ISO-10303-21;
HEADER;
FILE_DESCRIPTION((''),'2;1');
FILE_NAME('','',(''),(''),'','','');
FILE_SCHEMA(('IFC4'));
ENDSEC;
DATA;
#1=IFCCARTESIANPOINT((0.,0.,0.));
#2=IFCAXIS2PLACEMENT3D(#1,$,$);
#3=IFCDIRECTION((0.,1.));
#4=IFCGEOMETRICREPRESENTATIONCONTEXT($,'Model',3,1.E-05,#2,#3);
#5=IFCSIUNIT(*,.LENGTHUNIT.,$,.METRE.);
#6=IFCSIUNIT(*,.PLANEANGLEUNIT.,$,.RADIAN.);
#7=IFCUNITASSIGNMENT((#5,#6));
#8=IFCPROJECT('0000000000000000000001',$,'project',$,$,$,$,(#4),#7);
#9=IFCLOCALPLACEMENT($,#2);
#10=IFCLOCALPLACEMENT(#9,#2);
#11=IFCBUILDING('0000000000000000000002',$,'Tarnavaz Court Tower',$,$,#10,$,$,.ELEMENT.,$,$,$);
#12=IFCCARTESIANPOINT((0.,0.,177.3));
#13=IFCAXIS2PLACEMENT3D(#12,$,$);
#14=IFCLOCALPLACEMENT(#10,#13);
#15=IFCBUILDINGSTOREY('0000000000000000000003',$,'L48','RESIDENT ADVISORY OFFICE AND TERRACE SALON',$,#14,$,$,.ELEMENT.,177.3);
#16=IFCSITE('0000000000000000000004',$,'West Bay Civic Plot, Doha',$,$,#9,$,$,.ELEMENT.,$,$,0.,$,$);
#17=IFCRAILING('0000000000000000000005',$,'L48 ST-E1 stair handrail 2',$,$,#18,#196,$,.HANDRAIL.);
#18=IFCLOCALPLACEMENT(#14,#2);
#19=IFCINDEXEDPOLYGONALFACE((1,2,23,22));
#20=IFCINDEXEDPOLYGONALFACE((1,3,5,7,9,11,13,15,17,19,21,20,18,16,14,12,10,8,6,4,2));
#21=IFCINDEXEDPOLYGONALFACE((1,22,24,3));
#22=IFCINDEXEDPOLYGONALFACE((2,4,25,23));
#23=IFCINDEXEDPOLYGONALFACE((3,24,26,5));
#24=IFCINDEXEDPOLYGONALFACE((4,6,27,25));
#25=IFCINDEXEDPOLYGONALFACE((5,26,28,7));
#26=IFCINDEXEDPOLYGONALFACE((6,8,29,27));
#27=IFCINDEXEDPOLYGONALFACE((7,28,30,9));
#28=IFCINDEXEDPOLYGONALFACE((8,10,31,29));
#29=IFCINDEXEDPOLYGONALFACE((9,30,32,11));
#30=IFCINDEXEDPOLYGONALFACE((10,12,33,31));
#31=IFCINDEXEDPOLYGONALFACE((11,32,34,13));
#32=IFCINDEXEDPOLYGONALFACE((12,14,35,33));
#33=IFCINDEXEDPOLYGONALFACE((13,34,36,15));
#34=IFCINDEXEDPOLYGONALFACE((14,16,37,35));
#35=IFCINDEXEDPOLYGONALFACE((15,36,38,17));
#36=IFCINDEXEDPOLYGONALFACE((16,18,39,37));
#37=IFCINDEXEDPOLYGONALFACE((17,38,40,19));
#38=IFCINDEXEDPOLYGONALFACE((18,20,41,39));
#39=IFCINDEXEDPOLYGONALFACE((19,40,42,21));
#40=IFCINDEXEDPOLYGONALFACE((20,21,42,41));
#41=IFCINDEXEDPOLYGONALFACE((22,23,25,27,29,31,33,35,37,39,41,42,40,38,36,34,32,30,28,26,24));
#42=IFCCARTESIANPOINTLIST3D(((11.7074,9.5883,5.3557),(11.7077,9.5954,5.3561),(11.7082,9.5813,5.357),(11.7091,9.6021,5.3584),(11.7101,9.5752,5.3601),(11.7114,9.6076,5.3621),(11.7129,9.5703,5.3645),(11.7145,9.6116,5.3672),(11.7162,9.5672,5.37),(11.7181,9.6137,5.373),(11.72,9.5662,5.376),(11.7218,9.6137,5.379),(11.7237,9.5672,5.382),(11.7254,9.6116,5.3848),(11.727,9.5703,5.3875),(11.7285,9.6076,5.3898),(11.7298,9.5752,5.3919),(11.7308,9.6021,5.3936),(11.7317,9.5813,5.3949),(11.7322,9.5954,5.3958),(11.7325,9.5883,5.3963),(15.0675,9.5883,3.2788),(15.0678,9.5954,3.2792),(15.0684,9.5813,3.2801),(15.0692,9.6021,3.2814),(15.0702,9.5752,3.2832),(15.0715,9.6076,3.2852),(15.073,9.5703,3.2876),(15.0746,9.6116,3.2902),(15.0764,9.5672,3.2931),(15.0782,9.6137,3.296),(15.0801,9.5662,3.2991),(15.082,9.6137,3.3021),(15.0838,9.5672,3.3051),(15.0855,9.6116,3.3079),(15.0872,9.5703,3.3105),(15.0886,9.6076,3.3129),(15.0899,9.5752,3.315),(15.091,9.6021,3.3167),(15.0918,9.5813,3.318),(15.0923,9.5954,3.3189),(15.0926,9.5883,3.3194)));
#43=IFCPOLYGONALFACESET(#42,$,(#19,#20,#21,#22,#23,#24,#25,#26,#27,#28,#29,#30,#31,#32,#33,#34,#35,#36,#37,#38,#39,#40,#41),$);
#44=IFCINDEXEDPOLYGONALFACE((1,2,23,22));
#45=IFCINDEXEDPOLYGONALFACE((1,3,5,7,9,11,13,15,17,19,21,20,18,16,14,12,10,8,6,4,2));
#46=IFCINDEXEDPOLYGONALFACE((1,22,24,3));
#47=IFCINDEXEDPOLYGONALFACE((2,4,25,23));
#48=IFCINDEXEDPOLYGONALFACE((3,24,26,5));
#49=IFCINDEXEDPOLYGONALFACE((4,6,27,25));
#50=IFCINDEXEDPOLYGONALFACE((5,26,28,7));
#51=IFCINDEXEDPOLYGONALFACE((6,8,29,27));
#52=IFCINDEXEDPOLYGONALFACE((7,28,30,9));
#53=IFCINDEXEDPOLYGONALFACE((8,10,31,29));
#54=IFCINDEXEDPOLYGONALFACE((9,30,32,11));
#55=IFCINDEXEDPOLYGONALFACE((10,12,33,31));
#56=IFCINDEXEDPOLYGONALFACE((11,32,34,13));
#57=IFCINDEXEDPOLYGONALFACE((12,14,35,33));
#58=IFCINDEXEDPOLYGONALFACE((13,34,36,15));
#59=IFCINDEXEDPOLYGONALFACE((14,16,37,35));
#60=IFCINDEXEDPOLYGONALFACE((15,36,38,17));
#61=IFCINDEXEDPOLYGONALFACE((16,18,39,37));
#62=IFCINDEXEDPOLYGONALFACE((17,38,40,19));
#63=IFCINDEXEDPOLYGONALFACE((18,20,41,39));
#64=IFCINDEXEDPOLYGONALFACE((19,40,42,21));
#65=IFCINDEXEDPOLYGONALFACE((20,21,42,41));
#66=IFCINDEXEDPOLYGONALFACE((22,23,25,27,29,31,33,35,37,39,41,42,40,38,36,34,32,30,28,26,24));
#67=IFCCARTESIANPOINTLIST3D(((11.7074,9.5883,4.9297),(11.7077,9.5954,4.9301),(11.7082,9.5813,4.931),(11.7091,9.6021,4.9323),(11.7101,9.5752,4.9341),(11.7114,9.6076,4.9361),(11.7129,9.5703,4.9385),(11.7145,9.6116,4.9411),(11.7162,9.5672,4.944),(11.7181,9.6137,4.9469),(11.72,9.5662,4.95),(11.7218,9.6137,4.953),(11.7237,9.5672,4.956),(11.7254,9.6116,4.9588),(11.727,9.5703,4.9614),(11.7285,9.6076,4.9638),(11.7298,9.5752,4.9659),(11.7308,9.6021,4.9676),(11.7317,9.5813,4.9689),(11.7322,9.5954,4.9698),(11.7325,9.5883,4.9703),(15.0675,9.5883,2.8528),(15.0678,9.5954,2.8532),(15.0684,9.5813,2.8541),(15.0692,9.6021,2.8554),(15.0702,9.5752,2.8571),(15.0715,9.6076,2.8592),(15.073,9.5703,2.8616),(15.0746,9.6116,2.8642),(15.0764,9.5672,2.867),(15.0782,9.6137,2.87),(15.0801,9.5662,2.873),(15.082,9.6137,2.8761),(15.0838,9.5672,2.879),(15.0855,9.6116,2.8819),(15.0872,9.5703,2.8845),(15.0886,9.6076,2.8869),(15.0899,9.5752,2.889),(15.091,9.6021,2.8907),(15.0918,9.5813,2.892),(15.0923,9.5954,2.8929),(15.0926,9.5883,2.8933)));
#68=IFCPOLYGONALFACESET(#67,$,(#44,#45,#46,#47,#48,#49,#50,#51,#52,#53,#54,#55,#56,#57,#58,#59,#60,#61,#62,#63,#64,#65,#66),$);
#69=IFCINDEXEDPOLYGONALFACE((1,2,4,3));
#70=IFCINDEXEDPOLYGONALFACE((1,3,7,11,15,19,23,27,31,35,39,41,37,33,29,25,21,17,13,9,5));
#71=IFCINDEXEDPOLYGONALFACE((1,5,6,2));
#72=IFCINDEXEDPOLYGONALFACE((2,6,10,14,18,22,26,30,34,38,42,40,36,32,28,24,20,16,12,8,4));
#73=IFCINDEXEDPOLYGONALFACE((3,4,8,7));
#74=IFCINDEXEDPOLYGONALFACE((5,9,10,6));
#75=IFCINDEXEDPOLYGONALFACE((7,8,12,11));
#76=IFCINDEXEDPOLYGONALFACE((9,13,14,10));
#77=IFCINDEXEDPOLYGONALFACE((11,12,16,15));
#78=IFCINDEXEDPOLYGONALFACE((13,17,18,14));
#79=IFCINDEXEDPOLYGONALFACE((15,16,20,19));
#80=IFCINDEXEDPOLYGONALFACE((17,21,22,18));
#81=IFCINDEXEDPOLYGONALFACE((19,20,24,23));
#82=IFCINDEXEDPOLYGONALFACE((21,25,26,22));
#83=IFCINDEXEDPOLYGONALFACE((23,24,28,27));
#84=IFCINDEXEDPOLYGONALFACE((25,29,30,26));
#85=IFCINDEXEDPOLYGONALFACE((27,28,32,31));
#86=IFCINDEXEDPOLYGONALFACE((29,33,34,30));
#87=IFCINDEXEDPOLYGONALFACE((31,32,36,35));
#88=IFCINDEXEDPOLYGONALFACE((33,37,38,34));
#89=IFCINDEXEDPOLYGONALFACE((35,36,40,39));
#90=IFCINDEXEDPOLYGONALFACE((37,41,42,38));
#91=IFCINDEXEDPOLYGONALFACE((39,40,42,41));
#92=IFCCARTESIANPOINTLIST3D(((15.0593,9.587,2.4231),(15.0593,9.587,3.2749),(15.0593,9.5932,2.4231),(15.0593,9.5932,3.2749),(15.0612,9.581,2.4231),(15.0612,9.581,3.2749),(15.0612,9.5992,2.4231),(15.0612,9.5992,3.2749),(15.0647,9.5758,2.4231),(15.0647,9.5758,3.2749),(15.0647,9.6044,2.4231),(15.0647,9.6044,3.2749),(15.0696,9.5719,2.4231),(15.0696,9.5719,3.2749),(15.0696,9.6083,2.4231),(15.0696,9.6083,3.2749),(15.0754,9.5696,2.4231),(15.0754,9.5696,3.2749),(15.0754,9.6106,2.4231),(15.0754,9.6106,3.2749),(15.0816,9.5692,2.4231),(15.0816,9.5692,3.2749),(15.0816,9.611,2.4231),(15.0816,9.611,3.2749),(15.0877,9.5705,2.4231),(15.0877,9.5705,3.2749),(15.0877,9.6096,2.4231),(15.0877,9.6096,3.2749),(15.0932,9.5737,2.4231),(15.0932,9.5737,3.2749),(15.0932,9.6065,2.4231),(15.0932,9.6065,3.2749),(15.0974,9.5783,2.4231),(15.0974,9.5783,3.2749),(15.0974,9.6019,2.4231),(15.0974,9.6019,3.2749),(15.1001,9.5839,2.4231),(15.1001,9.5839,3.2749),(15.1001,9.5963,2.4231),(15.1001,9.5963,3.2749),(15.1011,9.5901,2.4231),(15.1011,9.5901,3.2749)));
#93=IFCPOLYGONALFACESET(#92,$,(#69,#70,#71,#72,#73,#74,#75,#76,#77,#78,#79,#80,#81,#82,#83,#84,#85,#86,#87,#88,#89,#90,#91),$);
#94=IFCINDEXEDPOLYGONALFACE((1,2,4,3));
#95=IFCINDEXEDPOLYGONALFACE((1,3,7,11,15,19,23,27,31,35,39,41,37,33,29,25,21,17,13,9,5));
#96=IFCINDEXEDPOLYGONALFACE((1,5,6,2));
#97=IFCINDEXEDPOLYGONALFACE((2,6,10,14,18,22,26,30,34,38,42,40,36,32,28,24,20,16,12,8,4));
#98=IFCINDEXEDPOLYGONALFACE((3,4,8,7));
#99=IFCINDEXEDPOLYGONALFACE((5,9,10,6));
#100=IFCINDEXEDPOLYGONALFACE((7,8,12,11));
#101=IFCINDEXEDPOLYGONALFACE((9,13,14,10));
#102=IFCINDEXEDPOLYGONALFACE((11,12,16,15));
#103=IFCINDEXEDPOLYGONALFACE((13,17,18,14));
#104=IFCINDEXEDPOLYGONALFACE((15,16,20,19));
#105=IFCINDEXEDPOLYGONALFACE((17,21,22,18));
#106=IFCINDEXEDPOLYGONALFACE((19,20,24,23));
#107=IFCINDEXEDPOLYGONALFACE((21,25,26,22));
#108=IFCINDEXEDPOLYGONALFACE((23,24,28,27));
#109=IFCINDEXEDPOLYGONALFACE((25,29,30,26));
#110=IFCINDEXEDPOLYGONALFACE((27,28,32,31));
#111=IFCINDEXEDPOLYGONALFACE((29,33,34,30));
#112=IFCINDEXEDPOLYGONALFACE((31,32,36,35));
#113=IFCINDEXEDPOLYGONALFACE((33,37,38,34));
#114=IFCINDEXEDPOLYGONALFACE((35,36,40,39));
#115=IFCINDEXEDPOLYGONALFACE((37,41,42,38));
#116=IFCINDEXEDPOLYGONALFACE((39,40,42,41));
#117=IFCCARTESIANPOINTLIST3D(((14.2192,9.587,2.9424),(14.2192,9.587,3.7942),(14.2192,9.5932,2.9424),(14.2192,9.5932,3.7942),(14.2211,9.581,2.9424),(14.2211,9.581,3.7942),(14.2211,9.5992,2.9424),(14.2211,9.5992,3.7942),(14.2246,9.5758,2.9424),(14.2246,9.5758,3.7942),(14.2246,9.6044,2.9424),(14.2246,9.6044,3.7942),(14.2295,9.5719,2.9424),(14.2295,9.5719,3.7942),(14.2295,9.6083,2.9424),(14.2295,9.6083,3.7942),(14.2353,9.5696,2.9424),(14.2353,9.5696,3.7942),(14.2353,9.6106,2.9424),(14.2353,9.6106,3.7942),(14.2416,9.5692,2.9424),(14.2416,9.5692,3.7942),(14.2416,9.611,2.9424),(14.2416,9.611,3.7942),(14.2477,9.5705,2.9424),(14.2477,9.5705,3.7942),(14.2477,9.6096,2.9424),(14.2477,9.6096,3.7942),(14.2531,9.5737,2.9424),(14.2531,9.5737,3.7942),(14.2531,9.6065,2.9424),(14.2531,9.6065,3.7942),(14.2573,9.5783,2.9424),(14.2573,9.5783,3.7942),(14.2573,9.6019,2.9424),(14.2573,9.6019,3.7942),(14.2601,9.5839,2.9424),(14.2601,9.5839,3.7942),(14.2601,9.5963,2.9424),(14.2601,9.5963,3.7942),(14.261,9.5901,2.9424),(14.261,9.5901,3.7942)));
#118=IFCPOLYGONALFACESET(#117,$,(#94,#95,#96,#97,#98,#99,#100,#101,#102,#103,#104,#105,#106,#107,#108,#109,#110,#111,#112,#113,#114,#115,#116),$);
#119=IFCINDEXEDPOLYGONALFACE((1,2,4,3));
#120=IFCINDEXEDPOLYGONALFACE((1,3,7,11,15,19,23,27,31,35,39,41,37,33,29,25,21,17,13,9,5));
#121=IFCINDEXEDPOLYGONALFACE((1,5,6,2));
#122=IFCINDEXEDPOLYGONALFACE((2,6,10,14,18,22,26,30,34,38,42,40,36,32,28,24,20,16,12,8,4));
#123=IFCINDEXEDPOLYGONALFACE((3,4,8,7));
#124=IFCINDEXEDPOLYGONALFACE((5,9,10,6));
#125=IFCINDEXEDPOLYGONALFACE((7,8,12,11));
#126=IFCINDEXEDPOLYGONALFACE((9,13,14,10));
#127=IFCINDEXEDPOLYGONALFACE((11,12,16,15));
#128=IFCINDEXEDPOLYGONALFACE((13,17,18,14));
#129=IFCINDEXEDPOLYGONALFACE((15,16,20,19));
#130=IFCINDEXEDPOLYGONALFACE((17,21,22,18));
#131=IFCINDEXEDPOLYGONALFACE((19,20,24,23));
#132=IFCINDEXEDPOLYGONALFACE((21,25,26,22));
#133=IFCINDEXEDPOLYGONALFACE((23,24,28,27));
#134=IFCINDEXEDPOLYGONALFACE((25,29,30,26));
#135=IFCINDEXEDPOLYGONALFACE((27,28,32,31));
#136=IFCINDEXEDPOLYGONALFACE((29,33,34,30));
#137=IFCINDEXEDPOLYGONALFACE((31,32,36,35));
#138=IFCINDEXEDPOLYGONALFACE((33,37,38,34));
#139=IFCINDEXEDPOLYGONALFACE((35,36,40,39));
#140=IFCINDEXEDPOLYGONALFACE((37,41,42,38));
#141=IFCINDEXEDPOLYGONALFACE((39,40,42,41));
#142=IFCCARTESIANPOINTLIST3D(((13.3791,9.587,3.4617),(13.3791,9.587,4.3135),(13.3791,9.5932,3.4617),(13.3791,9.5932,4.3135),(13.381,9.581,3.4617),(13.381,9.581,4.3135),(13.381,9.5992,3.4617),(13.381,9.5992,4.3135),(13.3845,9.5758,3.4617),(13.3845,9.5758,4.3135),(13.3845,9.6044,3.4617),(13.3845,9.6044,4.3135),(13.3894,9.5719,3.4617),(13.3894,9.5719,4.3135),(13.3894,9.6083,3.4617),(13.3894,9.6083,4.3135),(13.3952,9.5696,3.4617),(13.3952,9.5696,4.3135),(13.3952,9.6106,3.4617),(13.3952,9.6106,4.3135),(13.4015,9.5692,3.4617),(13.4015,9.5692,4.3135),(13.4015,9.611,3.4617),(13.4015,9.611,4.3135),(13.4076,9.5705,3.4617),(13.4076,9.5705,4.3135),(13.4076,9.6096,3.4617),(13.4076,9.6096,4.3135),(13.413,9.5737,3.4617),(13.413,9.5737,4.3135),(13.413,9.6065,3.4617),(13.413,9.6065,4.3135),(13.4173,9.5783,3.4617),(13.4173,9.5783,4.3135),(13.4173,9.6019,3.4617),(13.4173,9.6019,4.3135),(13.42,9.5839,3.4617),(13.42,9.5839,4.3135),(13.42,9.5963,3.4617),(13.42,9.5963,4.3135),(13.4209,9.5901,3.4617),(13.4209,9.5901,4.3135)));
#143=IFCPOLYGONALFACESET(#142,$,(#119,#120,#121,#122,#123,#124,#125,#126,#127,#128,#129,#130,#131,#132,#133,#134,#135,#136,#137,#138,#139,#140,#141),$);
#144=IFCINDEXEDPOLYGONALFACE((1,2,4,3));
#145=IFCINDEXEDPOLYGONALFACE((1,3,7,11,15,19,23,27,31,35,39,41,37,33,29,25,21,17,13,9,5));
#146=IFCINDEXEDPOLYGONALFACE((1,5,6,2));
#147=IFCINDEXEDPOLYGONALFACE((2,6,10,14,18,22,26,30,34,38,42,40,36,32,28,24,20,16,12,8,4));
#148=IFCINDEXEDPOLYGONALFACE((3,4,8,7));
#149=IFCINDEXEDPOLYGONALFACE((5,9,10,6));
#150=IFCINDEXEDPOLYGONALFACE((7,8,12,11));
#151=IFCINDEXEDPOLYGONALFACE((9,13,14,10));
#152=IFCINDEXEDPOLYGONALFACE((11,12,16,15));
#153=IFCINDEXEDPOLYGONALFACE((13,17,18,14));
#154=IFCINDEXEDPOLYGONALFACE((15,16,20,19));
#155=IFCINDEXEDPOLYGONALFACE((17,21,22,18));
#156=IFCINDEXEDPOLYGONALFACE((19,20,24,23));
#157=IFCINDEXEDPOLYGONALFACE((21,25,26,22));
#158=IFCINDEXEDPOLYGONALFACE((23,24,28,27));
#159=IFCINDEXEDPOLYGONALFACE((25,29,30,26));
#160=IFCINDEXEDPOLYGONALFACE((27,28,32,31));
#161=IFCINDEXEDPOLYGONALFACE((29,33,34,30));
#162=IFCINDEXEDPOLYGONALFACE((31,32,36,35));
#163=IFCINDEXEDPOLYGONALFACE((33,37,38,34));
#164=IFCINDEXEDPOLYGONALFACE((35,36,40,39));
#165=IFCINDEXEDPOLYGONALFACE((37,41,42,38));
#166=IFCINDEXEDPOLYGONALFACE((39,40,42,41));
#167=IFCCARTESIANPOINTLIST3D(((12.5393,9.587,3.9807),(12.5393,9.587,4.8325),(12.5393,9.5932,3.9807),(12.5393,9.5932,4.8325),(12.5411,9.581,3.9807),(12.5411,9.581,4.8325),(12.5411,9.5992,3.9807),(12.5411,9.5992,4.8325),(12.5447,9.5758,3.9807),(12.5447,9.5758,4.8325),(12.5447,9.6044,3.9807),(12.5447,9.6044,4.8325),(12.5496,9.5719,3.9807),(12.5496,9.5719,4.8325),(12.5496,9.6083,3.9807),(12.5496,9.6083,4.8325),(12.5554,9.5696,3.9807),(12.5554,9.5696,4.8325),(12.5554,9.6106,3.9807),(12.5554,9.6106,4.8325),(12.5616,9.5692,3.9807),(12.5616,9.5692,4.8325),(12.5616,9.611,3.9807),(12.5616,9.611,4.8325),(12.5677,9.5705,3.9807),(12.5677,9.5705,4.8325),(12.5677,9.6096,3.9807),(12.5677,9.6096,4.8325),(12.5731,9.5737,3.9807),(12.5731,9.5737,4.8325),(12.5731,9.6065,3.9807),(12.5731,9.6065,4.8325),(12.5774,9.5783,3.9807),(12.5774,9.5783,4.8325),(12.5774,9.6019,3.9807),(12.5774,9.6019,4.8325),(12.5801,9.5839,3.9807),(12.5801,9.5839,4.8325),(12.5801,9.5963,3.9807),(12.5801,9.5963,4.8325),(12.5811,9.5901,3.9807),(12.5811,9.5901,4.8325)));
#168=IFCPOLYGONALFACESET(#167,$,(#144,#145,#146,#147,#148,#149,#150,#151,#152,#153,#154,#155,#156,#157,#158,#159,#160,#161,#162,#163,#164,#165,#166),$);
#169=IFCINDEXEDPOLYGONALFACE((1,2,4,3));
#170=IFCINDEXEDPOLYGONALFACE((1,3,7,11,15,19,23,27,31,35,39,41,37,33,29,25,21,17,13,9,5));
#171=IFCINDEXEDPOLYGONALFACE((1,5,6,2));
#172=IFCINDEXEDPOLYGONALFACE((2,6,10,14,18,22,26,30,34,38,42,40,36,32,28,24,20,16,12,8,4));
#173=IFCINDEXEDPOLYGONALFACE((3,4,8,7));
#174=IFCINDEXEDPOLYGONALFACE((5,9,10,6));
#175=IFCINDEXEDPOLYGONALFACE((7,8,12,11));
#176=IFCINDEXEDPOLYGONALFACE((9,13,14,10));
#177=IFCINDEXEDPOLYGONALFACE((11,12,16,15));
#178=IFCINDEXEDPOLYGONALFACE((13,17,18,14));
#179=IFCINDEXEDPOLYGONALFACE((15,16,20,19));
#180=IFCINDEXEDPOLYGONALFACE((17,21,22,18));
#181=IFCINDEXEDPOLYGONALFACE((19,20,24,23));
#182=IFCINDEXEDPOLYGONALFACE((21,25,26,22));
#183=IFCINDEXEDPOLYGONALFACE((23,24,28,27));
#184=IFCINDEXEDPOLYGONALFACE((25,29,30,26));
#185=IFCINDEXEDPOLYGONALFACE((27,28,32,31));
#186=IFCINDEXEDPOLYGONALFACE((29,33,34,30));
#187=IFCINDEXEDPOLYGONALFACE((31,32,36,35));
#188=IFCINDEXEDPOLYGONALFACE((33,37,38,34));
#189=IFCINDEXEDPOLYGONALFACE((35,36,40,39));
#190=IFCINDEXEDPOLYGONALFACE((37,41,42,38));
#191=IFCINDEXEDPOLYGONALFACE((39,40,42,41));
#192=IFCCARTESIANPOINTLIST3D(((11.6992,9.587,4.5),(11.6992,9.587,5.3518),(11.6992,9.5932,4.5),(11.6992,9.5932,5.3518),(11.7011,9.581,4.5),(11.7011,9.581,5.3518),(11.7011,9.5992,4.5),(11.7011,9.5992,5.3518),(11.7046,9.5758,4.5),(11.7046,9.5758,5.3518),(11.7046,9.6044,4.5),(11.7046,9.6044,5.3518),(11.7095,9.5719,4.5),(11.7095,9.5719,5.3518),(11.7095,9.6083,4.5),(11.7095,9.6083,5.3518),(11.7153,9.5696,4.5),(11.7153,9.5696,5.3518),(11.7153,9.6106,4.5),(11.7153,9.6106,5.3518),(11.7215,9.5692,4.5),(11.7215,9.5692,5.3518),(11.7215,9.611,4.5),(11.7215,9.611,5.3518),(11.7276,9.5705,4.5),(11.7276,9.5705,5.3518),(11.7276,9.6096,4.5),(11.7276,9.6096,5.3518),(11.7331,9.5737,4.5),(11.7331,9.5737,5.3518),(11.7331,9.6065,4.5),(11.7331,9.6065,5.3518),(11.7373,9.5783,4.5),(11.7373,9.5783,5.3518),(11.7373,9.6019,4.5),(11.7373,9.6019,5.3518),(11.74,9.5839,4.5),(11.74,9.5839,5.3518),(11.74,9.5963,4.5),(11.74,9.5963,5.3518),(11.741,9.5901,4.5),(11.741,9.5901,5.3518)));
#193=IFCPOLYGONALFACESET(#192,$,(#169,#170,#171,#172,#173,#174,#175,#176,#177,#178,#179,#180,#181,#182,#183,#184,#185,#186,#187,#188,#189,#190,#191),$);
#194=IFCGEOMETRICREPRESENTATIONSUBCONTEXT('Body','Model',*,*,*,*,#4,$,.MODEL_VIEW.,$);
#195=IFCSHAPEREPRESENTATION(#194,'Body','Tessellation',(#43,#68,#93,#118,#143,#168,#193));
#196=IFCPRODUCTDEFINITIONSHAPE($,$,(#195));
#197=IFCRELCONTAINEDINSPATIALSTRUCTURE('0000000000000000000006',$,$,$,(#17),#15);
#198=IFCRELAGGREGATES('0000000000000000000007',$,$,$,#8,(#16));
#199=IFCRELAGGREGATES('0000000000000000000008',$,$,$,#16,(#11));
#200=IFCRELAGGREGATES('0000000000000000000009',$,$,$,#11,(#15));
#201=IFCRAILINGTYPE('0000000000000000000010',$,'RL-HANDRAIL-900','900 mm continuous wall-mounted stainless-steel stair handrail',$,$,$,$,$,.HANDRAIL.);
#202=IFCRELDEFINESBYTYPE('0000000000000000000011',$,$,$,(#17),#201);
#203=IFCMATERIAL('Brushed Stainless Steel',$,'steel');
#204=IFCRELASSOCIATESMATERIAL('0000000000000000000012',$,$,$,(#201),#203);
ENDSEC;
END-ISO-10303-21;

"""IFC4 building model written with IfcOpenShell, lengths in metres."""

from ifc_helpers import new_model, si_unit, direction, frame, origin, origin_2d, place, context, subcontext, project, spatial, circle, extrude, material, type_object, element, save


model = new_model("IFC4")

# Units and contexts
model_context = context("Model", 3, precision=1e-05, world=origin(), true_north=direction((0.0, 1.0)))
body_context = subcontext(model_context, "Body", "Model", "MODEL_VIEW")
ifc_project = project(units=[si_unit("LENGTHUNIT", "METRE"), si_unit("PLANEANGLEUNIT", "RADIAN")], contexts=[model_context])

# Site, building, storey
site_placement = place(None, origin())
site = spatial("IfcSite", under=ifc_project, at=site_placement, Name="West Bay Civic Plot, Doha", CompositionType="ELEMENT", RefElevation=0.0)
building_placement = place(site_placement, origin())
building = spatial("IfcBuilding", under=site, at=building_placement, Name="Tarnavaz Court Tower", CompositionType="ELEMENT")
storey_placement = place(building_placement, frame((0.0, 0.0, 177.3)))
storey = spatial("IfcBuildingStorey", under=building, at=storey_placement, Name="L48", Description="RESIDENT ADVISORY OFFICE AND TERRACE SALON", CompositionType="ELEMENT", Elevation=177.3)

# Railing
ifc_material_1 = material(Name="Brushed Stainless Steel", Category="steel")
railing_type_1 = type_object("IfcRailingType", Name="RL-HANDRAIL-900", Description="900 mm continuous wall-mounted stainless-steel stair handrail", PredefinedType="HANDRAIL", material=ifc_material_1)
railing_1_placement = place(storey_placement, frame((15.0801, 9.5901, 2.4231)))
element("IfcRailing", 1, at=railing_1_placement, inside=storey, type_object=railing_type_1, Name="L48 ST-E1 stair handrail 2", PredefinedType="HANDRAIL", context=body_context, shape_type="SweptSolid", body=[
    extrude(circle(Radius=0.0239, at=origin_2d()), frame((0.0, 0.0, 0.876), z_axis=(-0.850623, 0.0, 0.525776), x_axis=(0.0, -1.0, 0.0)), (0.0, 0.0, 1.0), 3.9502),
    extrude(circle(Radius=0.0239, at=origin_2d()), frame((0.0, 0.0, 0.45), z_axis=(-0.850623, 0.0, 0.525776), x_axis=(0.0, -1.0, 0.0)), (0.0, 0.0, 1.0), 3.9502),
    extrude(circle(Radius=0.021, at=origin_2d()), origin(), (0.0, 0.0, 1.0), 0.8518),
    extrude(circle(Radius=0.021, at=origin_2d()), frame((-0.8401, 0.0, 0.5193)), (0.0, 0.0, 1.0), 0.8518),
    extrude(circle(Radius=0.021, at=origin_2d()), frame((-1.6802, 0.0, 1.0386)), (0.0, 0.0, 1.0), 0.8518),
    extrude(circle(Radius=0.021, at=origin_2d()), frame((-2.52, 0.0, 1.5576)), (0.0, 0.0, 1.0), 0.8518),
    extrude(circle(Radius=0.021, at=origin_2d()), frame((-3.3601, 0.0, 2.0769)), (0.0, 0.0, 1.0), 0.8518),
])

save(model, "model.ifc")
